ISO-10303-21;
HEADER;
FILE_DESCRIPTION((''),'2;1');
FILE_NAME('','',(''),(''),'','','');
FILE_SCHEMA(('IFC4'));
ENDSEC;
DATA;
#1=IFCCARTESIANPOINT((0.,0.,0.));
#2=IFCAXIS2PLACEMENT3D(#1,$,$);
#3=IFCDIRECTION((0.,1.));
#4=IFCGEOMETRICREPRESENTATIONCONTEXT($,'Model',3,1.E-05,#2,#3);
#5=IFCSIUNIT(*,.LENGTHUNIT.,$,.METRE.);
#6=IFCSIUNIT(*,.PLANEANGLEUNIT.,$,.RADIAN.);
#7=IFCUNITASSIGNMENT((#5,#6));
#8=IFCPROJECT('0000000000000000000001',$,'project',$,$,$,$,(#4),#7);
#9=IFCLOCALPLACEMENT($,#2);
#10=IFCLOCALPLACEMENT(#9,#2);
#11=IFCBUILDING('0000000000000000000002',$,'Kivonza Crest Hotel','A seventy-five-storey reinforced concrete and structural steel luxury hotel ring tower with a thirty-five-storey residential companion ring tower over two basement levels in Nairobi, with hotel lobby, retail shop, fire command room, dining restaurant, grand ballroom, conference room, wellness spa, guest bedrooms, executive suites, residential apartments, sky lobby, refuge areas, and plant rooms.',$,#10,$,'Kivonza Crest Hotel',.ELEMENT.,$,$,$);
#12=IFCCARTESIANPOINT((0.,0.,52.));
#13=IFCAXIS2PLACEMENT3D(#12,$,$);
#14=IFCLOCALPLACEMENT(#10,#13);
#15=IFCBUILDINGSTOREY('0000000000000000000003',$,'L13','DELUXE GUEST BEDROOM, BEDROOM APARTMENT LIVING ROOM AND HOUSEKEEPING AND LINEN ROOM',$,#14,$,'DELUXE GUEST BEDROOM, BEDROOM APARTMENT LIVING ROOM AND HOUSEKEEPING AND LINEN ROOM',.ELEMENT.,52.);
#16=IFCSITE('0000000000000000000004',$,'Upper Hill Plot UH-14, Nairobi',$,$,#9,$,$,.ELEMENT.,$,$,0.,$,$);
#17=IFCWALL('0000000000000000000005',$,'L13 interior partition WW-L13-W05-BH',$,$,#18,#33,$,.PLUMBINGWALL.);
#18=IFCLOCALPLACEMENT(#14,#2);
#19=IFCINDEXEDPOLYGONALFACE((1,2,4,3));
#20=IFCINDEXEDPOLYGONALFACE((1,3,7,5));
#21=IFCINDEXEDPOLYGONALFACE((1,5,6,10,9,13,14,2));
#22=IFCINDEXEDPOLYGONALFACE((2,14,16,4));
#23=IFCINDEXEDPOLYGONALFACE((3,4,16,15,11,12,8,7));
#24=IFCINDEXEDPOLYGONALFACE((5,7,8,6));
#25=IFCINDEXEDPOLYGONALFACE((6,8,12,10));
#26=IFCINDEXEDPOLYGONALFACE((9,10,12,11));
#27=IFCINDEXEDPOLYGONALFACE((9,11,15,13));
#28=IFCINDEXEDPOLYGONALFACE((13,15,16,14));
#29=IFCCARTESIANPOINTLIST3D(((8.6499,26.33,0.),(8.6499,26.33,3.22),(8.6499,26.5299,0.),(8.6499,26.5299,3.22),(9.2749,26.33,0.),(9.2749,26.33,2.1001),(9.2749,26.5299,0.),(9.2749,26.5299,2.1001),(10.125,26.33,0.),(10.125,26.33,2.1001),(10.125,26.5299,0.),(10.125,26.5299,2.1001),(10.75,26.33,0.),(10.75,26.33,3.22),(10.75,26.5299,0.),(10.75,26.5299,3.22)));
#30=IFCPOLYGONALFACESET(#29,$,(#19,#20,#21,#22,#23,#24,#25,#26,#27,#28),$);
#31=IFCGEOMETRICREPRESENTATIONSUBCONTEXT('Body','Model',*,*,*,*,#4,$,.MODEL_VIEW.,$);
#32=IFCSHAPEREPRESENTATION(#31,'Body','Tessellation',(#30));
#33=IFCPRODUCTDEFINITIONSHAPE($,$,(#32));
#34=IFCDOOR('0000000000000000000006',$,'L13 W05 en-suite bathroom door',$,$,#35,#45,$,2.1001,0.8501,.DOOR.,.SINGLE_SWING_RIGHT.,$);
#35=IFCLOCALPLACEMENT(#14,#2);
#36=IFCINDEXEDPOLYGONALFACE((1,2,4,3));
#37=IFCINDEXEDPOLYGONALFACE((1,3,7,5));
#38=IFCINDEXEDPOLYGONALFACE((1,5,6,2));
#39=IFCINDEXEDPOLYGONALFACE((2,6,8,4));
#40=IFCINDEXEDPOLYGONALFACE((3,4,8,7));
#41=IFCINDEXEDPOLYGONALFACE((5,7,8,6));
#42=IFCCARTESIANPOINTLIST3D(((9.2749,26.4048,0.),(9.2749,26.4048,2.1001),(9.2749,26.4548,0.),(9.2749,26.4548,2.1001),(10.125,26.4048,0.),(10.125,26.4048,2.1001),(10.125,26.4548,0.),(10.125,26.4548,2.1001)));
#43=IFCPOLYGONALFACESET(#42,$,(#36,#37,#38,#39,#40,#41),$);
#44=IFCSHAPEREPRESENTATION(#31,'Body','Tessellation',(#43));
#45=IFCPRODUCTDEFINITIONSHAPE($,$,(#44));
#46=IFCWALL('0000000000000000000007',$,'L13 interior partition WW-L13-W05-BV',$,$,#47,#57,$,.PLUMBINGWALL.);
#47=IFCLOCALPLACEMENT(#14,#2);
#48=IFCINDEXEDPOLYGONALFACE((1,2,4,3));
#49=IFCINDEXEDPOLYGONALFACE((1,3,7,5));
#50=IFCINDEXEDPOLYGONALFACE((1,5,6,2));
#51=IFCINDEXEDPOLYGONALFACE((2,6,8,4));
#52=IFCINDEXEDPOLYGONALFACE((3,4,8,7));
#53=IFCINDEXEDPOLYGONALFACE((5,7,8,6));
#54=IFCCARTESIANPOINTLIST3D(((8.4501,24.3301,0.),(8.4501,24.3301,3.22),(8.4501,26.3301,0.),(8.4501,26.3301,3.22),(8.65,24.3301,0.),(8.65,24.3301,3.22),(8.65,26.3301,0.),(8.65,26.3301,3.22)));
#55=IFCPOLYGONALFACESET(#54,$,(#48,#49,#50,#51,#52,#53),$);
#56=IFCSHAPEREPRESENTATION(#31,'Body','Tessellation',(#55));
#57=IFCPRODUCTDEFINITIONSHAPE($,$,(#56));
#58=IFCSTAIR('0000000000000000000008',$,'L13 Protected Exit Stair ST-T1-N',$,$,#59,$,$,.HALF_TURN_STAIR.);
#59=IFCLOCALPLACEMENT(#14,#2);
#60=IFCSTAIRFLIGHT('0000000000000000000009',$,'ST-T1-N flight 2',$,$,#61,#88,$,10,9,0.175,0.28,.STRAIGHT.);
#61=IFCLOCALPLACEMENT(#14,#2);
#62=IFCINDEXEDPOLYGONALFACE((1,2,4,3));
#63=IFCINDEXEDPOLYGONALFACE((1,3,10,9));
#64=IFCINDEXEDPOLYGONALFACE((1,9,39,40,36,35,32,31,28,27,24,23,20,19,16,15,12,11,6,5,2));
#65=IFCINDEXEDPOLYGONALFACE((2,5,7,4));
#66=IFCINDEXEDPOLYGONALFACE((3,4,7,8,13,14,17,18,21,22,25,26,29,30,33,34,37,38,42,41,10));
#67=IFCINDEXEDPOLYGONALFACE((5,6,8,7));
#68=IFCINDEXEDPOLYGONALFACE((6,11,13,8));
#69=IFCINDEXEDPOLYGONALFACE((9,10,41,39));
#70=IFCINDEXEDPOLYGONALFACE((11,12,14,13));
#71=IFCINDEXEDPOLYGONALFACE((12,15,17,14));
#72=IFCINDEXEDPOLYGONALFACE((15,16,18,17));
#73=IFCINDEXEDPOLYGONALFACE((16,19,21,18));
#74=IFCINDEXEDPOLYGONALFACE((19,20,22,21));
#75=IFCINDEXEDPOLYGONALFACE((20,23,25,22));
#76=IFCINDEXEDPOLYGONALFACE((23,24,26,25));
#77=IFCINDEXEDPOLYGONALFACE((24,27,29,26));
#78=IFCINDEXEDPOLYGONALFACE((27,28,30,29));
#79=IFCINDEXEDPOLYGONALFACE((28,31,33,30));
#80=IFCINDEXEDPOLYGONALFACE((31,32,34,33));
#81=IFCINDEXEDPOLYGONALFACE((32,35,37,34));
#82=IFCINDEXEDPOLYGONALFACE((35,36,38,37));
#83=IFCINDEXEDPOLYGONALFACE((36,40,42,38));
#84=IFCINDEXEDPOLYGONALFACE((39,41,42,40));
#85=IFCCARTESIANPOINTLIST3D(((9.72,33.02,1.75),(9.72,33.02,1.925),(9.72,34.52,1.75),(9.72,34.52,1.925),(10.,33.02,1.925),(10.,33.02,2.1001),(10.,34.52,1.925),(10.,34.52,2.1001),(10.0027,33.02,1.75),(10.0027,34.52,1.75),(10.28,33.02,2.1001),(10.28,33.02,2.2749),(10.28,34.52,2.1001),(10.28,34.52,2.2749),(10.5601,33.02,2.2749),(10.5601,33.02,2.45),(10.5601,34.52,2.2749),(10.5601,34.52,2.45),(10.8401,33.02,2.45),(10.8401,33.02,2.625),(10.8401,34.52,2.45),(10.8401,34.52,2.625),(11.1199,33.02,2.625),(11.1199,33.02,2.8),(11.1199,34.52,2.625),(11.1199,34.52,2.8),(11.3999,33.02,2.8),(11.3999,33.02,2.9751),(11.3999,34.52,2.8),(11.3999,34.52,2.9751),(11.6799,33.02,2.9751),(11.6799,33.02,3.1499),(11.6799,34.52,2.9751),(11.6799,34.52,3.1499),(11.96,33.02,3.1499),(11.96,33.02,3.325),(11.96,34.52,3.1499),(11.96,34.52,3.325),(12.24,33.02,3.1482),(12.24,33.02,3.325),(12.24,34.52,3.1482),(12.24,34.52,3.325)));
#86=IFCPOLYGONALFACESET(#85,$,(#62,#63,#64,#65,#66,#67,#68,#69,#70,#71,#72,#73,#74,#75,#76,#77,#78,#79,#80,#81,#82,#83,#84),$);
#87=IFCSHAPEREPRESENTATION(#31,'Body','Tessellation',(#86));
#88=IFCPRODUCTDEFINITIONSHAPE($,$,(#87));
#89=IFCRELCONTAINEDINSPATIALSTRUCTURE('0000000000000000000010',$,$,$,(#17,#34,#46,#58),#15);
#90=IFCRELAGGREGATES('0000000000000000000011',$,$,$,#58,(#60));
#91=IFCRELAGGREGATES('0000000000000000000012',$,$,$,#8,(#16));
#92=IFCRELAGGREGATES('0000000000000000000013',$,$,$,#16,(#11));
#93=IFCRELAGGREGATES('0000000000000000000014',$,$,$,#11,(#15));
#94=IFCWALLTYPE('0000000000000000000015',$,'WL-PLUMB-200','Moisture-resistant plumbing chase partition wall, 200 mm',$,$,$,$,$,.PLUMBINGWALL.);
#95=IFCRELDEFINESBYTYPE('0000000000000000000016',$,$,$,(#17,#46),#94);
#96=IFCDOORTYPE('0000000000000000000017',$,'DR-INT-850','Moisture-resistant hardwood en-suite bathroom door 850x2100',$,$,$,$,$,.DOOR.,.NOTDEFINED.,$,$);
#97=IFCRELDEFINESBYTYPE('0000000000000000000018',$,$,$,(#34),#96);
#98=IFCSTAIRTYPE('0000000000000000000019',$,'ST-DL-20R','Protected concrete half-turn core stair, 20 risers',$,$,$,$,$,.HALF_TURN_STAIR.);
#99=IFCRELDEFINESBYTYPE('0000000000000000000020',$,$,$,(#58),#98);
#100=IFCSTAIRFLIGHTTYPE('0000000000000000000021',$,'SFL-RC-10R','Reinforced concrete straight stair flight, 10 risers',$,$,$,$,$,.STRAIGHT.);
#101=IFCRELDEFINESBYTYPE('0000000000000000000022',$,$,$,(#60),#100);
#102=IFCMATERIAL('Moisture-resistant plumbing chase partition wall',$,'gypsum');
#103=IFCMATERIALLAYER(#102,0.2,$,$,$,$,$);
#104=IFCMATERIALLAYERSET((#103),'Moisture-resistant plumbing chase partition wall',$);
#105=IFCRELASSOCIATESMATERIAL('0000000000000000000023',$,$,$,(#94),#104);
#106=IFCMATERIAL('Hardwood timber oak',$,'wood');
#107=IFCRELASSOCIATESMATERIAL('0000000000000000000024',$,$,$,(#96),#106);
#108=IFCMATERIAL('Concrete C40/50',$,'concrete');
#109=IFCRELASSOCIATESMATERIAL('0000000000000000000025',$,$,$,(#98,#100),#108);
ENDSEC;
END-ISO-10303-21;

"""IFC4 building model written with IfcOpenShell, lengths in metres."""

from ifc_helpers import new_model, si_unit, direction, frame, frame_2d, origin, place, context, subcontext, project, spatial, polyline, rectangle, outline, extrude, material, layer, layer_set, type_object, element, fill, aggregate, save


model = new_model("IFC4")

# Units and contexts
model_context = context("Model", 3, precision=1e-05, world=origin(), true_north=direction((0.0, 1.0)))
body_context = subcontext(model_context, "Body", "Model", "MODEL_VIEW")
ifc_project = project(units=[si_unit("LENGTHUNIT", "METRE"), si_unit("PLANEANGLEUNIT", "RADIAN")], contexts=[model_context])

# Site, building, storey
site_placement = place(None, origin())
site = spatial("IfcSite", under=ifc_project, at=site_placement, Name="Upper Hill Plot UH-14, Nairobi", CompositionType="ELEMENT", RefElevation=0.0)
building_placement = place(site_placement, origin())
building = spatial("IfcBuilding", under=site, at=building_placement, Name="Kivonza Crest Hotel", Description="A seventy-five-storey reinforced concrete and structural steel luxury hotel ring tower with a thirty-five-storey residential companion ring tower over two basement levels in Nairobi, with hotel lobby, retail shop, fire command room, dining restaurant, grand ballroom, conference room, wellness spa, guest bedrooms, executive suites, residential apartments, sky lobby, refuge areas, and plant rooms.", LongName="Kivonza Crest Hotel", CompositionType="ELEMENT")
storey_placement = place(building_placement, frame((0.0, 0.0, 52.0)))
storey = spatial("IfcBuildingStorey", under=building, at=storey_placement, Name="L13", Description="DELUXE GUEST BEDROOM, BEDROOM APARTMENT LIVING ROOM AND HOUSEKEEPING AND LINEN ROOM", LongName="DELUXE GUEST BEDROOM, BEDROOM APARTMENT LIVING ROOM AND HOUSEKEEPING AND LINEN ROOM", CompositionType="ELEMENT", Elevation=52.0)

# Shared definitions
ifc_material_1 = material(Name="Hardwood timber oak", Category="wood")

# Wall, opening, door
ifc_material_2 = material(Name="Moisture-resistant plumbing chase partition wall", Category="gypsum")
ifc_layer_1 = layer(ifc_material_2, 0.2)
ifc_layer_set_1 = layer_set([ifc_layer_1], Name="Moisture-resistant plumbing chase partition wall")
wall_type_1 = type_object("IfcWallType", Name="WL-PLUMB-200", Description="Moisture-resistant plumbing chase partition wall, 200 mm", PredefinedType="PLUMBINGWALL", material=ifc_layer_set_1)
wall_1_placement = place(storey_placement, frame((8.6499, 26.4299, 0.0), z_axis=(0.0, 0.0, 1.0), x_axis=(1.0, 0.0, 0.0)))
wall_1 = element("IfcWall", 1, at=wall_1_placement, inside=storey, type_object=wall_type_1, Name="L13 interior partition WW-L13-W05-BH", PredefinedType="PLUMBINGWALL", context=body_context, shape_type="SweptSolid", body=[
    extrude(rectangle(XDim=2.1001, YDim=0.2, at=frame_2d((1.05, 0.0))), origin(), (0.0, 0.0, 1.0), 3.22),
])
opening_1_placement = place(wall_1_placement, frame((0.625, 0.0, 0.0)))
opening_1 = element("IfcOpeningElement", 2, at=opening_1_placement, cuts=wall_1, PredefinedType="OPENING", context=body_context, shape_type="SweptSolid", body=[
    extrude(rectangle(XDim=0.8501, YDim=2.1001, at=frame_2d((0.425, 1.05))), frame((0.0, 0.1099, 0.0), z_axis=(0.0, -1.0, 0.0), x_axis=(1.0, 0.0, 0.0)), (0.0, 0.0, 1.0), 0.22),
])
door_type_1 = type_object("IfcDoorType", Name="DR-INT-850", Description="Moisture-resistant hardwood en-suite bathroom door 850x2100", OperationType="NOTDEFINED", PredefinedType="DOOR", material=ifc_material_1)
door_1_placement = place(opening_1_placement, origin())
door_1 = element("IfcDoor", 3, at=door_1_placement, inside=storey, type_object=door_type_1, Name="L13 W05 en-suite bathroom door", OperationType="SINGLE_SWING_RIGHT", OverallHeight=2.1001, OverallWidth=0.8501, PredefinedType="DOOR", context=body_context, shape_type="SweptSolid", body=[
    extrude(rectangle(XDim=0.8501, YDim=2.1001, at=frame_2d((0.425, 1.05))), frame((0.0, 0.0249, 0.0), z_axis=(0.0, -1.0, 0.0), x_axis=(1.0, 0.0, 0.0)), (0.0, 0.0, 1.0), 0.05),
])
fill(opening_1, door_1)

# Wall
wall_2_placement = place(storey_placement, frame((8.55, 24.3301, 0.0), z_axis=(0.0, 0.0, 1.0), x_axis=(0.0, 1.0, 0.0)))
element("IfcWall", 4, at=wall_2_placement, inside=storey, type_object=wall_type_1, Name="L13 interior partition WW-L13-W05-BV", PredefinedType="PLUMBINGWALL", context=body_context, shape_type="SweptSolid", body=[
    extrude(rectangle(XDim=2.0, YDim=0.2, at=frame_2d((1.0, 0.0))), origin(), (0.0, 0.0, 1.0), 3.22),
])

# Stair, stair flight
ifc_material_3 = material(Name="Concrete C40/50", Category="concrete")
stair_type = type_object("IfcStairType", Name="ST-DL-20R", Description="Protected concrete half-turn core stair, 20 risers", PredefinedType="HALF_TURN_STAIR", material=ifc_material_3)
stair_placement = place(storey_placement, origin())
stair = element("IfcStair", 5, at=stair_placement, inside=storey, type_object=stair_type, Name="L13 Protected Exit Stair ST-T1-N", PredefinedType="HALF_TURN_STAIR")
stair_flight_type = type_object("IfcStairFlightType", Name="SFL-RC-10R", Description="Reinforced concrete straight stair flight, 10 risers", PredefinedType="STRAIGHT", material=ifc_material_3)
stair_flight_placement = place(storey_placement, frame((9.72, 33.77, 1.75), z_axis=(0.0, 0.0, 1.0), x_axis=(1.0, 0.0, 0.0)))
stair_flight = element("IfcStairFlight", 6, at=stair_flight_placement, type_object=stair_flight_type, Name="ST-T1-N flight 2", NumberOfRisers=10, NumberOfTreads=9, PredefinedType="STRAIGHT", RiserHeight=0.175, TreadLength=0.28, context=body_context, shape_type="SweptSolid", body=[
    extrude(outline(polyline([(0.0, 0.0), (0.0, 0.175), (0.28, 0.175), (0.28, 0.3501), (0.5601, 0.3501), (0.5601, 0.5249), (0.8401, 0.5249), (0.8401, 0.7), (1.1201, 0.7), (1.1201, 0.875), (1.3999, 0.875), (1.3999, 1.05), (1.6799, 1.05), (1.6799, 1.2251), (1.96, 1.2251), (1.96, 1.3999), (2.24, 1.3999), (2.24, 1.575), (2.52, 1.575), (2.52, 1.75), (2.52, 1.3982), (0.2827, 0.0), (0.0, 0.0)])), frame((0.0, 0.75, 0.0), z_axis=(0.0, -1.0, 0.0), x_axis=(1.0, 0.0, 0.0)), (0.0, 0.0, 1.0), 1.5),
])
aggregate(stair, [stair_flight])

save(model, "model.ifc")
